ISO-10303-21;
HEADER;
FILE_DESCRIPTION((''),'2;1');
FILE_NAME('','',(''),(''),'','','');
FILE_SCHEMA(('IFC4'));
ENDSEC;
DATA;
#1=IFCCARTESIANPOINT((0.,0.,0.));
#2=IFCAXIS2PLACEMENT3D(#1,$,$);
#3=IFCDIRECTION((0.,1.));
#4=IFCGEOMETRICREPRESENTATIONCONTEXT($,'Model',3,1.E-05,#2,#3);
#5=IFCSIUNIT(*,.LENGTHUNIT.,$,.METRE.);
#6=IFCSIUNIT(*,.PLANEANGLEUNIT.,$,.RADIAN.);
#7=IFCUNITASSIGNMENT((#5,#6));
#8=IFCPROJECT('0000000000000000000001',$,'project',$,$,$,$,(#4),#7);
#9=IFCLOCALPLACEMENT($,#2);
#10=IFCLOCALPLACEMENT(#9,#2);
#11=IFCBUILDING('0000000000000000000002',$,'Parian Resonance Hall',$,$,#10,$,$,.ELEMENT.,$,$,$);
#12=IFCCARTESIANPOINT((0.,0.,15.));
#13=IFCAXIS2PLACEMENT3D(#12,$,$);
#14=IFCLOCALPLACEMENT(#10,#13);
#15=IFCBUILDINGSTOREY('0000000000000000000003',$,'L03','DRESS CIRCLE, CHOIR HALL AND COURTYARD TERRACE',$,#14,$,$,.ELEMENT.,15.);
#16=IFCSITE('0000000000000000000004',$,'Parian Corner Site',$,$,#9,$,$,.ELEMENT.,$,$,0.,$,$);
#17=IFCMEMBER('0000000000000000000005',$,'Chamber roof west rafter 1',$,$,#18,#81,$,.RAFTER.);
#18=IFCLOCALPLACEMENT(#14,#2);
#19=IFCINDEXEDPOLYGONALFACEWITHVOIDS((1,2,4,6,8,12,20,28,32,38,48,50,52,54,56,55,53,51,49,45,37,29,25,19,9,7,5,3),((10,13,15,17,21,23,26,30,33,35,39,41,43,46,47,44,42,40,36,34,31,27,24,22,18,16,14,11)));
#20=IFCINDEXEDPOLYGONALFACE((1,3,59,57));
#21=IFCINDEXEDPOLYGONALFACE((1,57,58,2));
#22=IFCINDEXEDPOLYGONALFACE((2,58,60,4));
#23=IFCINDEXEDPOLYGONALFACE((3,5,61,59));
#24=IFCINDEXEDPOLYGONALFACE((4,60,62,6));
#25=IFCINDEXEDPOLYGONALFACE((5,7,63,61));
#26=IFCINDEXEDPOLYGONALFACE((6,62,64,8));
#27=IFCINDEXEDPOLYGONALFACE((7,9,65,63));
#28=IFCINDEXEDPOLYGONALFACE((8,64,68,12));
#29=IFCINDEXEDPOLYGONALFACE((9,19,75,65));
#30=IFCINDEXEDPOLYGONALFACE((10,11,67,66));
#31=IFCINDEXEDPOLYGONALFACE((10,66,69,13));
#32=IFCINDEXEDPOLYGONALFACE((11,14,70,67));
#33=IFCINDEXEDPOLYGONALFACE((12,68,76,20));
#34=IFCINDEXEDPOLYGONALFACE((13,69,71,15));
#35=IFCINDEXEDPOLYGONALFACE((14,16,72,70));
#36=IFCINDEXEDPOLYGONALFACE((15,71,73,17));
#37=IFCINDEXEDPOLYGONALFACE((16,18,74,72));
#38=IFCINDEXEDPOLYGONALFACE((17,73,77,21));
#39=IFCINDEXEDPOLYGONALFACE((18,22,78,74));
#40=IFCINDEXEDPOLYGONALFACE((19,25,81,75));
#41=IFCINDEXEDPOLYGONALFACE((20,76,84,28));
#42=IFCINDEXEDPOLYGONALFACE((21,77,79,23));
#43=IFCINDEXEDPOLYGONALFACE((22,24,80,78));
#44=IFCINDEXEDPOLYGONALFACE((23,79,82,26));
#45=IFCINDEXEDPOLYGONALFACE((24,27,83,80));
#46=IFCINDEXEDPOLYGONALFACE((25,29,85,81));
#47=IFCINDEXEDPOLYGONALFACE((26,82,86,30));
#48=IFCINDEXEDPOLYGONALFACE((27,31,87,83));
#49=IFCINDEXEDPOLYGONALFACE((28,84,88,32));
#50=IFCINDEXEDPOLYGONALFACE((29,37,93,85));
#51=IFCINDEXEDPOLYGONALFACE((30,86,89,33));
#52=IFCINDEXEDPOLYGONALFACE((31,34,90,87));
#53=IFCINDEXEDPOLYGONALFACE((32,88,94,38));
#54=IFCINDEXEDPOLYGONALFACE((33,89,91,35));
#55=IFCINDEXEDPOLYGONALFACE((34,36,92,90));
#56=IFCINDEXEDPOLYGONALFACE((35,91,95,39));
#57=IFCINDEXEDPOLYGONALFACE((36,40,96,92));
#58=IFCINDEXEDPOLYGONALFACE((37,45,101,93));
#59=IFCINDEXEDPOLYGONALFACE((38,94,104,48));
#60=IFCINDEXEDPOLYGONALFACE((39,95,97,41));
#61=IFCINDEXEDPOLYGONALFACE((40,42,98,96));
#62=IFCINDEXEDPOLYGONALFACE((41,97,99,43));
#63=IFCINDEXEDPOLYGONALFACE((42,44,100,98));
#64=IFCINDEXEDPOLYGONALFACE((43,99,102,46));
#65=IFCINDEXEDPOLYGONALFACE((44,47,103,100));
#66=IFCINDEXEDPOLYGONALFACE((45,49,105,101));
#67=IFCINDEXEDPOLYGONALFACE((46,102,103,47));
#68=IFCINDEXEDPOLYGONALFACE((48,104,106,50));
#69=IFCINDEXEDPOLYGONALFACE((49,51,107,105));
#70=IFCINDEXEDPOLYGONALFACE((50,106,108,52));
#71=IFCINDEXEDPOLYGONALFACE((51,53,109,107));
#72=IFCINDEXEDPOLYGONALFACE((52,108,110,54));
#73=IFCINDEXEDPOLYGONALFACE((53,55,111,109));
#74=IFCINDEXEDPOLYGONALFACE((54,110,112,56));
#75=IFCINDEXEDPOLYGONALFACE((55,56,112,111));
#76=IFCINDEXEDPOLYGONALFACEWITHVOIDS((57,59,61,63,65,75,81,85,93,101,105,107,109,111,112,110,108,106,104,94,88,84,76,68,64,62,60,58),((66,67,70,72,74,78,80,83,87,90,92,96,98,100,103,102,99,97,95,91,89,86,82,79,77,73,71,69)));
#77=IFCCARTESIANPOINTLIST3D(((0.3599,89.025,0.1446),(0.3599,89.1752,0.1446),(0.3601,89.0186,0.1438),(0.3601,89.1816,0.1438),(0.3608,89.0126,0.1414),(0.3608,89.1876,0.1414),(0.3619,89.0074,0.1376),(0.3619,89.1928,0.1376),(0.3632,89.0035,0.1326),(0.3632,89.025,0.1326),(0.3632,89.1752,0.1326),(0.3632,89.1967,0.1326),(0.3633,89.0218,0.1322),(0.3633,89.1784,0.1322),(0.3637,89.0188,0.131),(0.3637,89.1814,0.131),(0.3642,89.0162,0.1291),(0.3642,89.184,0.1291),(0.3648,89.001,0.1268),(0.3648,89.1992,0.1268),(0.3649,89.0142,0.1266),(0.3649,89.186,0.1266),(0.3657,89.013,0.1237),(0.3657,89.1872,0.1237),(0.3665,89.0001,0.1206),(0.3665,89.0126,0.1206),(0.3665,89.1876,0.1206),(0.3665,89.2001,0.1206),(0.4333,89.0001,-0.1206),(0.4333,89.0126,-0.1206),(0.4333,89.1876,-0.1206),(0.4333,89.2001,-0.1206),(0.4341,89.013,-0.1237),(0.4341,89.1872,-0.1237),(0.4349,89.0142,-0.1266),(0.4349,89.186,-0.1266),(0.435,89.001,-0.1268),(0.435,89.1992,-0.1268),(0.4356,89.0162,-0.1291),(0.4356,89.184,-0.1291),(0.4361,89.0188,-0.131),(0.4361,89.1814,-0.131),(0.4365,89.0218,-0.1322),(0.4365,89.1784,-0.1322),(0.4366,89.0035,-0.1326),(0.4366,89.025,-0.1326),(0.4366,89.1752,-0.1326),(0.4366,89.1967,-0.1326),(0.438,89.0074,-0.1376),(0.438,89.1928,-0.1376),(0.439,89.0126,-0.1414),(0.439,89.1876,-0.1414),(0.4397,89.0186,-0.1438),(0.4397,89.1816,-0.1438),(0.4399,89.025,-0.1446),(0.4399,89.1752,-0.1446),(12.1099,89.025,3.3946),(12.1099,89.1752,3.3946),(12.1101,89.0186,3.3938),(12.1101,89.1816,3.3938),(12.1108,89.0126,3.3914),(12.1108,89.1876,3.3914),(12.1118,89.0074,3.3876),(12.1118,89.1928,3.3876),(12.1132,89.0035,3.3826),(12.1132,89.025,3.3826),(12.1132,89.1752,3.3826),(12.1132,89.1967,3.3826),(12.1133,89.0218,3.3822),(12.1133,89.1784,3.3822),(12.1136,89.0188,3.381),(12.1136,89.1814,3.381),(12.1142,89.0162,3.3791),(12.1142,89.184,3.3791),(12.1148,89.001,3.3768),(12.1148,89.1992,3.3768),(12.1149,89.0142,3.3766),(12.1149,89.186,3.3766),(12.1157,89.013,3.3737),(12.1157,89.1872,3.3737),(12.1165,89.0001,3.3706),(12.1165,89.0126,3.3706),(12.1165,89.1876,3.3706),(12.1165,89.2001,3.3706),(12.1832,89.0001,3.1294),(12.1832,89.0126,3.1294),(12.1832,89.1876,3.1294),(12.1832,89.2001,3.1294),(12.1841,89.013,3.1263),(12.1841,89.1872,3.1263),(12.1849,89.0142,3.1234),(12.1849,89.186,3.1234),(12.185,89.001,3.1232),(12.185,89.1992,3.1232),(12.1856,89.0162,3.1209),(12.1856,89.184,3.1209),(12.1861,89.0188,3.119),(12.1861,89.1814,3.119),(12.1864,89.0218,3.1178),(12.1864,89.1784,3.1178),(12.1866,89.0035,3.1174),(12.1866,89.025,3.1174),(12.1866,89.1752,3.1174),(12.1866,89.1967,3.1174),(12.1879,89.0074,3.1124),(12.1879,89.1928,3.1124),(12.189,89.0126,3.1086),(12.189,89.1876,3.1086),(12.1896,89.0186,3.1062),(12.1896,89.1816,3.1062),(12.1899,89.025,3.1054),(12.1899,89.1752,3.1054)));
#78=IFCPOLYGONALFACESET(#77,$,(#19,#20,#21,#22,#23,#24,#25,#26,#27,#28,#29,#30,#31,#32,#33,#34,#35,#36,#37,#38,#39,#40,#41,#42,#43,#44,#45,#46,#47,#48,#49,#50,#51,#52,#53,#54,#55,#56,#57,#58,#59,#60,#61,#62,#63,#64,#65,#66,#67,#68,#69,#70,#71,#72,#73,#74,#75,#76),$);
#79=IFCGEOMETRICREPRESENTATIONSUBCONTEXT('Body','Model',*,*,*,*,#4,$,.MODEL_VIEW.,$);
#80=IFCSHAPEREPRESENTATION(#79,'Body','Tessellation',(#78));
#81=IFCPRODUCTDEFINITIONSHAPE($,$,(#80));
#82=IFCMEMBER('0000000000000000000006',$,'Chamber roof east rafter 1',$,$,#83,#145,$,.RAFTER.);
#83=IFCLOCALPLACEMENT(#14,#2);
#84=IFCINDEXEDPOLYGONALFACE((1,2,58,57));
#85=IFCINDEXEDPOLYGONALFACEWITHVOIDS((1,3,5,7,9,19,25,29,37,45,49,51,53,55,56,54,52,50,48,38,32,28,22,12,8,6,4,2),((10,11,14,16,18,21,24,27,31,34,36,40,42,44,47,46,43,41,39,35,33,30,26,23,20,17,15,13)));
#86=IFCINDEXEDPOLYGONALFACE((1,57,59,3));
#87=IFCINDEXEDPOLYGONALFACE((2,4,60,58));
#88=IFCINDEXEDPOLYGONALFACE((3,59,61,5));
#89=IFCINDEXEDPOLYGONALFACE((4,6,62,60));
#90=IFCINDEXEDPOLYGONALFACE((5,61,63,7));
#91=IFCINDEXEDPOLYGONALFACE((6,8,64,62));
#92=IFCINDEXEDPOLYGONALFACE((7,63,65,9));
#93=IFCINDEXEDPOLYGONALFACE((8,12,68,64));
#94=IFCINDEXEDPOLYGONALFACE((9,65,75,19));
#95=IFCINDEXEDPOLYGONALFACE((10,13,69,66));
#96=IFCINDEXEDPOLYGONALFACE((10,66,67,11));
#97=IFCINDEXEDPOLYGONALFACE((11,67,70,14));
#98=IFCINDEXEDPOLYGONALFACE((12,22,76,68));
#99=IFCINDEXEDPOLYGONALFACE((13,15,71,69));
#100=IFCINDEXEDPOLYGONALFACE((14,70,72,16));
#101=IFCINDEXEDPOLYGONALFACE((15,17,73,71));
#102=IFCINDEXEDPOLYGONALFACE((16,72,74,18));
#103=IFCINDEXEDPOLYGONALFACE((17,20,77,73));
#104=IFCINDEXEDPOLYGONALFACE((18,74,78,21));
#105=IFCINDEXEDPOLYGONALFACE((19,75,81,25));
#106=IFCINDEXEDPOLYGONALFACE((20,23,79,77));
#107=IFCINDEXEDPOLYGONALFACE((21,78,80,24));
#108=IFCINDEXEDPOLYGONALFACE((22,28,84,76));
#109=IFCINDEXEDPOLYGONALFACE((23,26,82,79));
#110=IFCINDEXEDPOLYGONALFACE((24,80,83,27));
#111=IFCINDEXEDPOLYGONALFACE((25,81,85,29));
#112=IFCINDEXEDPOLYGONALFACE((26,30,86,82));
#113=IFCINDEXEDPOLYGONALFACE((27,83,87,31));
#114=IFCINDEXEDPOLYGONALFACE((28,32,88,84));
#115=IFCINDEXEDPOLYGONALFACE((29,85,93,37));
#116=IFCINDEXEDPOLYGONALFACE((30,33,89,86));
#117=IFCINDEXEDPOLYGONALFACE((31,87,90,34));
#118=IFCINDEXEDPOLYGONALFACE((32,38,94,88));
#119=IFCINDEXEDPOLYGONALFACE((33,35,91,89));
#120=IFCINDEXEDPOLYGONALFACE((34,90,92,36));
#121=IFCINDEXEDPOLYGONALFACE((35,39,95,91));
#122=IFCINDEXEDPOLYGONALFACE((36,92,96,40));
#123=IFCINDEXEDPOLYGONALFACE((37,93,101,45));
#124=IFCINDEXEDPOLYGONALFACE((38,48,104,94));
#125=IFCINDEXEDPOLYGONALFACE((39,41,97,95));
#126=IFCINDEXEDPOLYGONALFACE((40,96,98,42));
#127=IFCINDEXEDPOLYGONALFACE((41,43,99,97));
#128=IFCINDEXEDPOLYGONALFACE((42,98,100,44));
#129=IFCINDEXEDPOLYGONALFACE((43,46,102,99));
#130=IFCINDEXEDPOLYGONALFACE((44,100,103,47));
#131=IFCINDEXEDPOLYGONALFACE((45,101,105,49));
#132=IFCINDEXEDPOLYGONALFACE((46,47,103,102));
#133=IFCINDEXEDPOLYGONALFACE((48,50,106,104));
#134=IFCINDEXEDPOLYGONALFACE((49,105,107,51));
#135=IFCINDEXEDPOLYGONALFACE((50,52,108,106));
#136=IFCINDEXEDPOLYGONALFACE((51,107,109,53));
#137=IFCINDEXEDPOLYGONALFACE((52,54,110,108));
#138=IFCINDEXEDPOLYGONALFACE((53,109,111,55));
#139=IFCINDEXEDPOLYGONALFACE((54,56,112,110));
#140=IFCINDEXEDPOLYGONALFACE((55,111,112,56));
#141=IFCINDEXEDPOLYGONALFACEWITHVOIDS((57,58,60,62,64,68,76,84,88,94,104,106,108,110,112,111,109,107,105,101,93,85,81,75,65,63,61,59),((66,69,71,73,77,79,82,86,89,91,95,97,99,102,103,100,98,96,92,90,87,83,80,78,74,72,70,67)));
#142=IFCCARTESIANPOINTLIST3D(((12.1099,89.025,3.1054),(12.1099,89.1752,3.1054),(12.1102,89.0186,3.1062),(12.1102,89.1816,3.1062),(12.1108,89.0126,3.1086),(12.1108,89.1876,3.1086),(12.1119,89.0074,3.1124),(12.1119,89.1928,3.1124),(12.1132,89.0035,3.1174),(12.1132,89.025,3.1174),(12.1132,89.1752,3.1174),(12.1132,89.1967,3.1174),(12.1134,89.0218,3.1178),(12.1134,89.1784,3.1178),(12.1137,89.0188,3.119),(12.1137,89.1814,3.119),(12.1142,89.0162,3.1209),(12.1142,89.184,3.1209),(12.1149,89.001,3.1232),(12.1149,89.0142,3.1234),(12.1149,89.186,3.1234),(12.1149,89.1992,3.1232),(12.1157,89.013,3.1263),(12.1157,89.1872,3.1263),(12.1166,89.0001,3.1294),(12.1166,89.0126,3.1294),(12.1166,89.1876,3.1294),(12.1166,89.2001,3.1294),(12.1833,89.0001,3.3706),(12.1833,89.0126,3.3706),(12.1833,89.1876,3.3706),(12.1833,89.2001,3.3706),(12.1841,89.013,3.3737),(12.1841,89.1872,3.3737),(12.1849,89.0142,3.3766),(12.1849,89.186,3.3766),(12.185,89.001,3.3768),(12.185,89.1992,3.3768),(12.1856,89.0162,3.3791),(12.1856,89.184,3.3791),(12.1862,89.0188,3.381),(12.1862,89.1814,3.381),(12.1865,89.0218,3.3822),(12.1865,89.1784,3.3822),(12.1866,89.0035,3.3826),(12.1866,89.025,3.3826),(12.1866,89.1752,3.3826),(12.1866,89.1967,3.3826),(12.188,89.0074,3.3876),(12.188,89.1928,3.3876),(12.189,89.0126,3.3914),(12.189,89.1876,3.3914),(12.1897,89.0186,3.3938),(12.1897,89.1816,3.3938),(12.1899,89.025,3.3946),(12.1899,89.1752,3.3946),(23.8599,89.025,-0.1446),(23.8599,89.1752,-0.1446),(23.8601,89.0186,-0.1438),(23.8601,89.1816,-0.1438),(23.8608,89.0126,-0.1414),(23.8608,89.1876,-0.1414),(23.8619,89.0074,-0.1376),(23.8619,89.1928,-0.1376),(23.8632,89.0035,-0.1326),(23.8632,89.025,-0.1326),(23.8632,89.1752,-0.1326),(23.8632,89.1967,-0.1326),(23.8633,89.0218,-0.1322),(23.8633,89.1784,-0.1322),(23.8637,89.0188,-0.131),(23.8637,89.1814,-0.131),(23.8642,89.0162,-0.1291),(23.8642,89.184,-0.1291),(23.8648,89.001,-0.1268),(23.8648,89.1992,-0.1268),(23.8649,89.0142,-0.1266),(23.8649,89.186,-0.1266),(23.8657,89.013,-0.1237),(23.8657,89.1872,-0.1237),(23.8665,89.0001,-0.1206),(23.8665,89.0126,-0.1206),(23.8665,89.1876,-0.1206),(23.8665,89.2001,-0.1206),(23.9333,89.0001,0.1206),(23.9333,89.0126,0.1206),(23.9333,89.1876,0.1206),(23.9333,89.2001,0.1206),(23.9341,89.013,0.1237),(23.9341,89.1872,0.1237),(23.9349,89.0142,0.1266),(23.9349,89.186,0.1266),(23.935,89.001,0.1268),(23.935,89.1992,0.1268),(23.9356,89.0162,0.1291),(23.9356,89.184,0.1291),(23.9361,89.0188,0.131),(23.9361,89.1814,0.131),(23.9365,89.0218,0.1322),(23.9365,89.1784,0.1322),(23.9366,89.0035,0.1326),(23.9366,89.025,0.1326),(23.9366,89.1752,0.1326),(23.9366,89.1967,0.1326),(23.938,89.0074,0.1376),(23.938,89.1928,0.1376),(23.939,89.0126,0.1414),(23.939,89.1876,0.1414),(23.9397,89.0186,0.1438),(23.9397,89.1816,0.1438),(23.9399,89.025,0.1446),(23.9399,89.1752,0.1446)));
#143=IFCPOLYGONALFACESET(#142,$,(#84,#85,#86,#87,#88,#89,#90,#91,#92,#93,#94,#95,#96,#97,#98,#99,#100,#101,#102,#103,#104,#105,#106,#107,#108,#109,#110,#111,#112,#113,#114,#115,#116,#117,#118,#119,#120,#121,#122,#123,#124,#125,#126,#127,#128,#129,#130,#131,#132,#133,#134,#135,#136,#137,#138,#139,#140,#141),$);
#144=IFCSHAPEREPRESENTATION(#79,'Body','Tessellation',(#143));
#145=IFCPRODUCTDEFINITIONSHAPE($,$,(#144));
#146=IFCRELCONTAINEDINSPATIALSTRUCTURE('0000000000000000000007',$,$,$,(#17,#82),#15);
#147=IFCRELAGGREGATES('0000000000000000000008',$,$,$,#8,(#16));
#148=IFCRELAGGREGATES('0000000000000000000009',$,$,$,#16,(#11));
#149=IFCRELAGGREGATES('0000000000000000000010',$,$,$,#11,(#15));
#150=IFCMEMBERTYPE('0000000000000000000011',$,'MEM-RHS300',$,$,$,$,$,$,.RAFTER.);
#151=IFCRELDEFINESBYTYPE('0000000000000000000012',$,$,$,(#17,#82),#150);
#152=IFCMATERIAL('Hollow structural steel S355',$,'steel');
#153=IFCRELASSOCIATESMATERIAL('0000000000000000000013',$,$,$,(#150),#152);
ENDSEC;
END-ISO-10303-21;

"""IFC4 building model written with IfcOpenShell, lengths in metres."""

from ifc_helpers import new_model, si_unit, direction, frame, origin, origin_2d, place, context, subcontext, project, spatial, hollow_rectangle, extrude, material, material_profile, profile_set, type_object, element, save


model = new_model("IFC4")

# Units and contexts
model_context = context("Model", 3, precision=1e-05, world=origin(), true_north=direction((0.0, 1.0)))
body_context = subcontext(model_context, "Body", "Model", "MODEL_VIEW")
ifc_project = project(units=[si_unit("LENGTHUNIT", "METRE"), si_unit("PLANEANGLEUNIT", "RADIAN")], contexts=[model_context])

# Site, building, storey
site_placement = place(None, origin())
site = spatial("IfcSite", under=ifc_project, at=site_placement, Name="Parian Corner Site", CompositionType="ELEMENT", RefElevation=0.0)
building_placement = place(site_placement, origin())
building = spatial("IfcBuilding", under=site, at=building_placement, Name="Parian Resonance Hall", CompositionType="ELEMENT")
storey_placement = place(building_placement, frame((0.0, 0.0, 15.0)))
storey = spatial("IfcBuildingStorey", under=building, at=storey_placement, Name="L03", Description="DRESS CIRCLE, CHOIR HALL AND COURTYARD TERRACE", CompositionType="ELEMENT", Elevation=15.0)

# Members
ifc_material_1 = material(Name="Hollow structural steel S355", Category="steel")
ifc_material_profile_1 = material_profile(ifc_material_1, hollow_rectangle(XDim=0.2, YDim=0.3, WallThickness=0.0125, InnerFilletRadius=0.0125, OuterFilletRadius=0.0249, at=origin_2d()), Name="RHS300x200x12.5")
ifc_profile_set_1 = profile_set([ifc_material_profile_1], Name="Hollow structural steel S355")
member_type_1 = type_object("IfcMemberType", Name="MEM-RHS300", PredefinedType="RAFTER", material=ifc_profile_set_1)
for number, where, z_axis, x_axis, name in (
    (1, (0.3999, 89.1001, 0.0), (0.963811, 0.0, 0.266586), (0.0, 1.0, 0.0), "Chamber roof west rafter 1"),
    (2, (23.8999, 89.1001, 0.0), (-0.963811, 0.0, 0.266586), (0.0, -1.0, 0.0), "Chamber roof east rafter 1"),
):
    element("IfcMember", number, at=place(storey_placement, frame(where, z_axis=z_axis, x_axis=x_axis)), inside=storey, type_object=member_type_1, Name=name, PredefinedType="RAFTER", context=body_context, shape_type="SweptSolid", body=[
        extrude(hollow_rectangle(XDim=0.2, YDim=0.3, WallThickness=0.0125, InnerFilletRadius=0.0125, OuterFilletRadius=0.0249, at=origin_2d()), origin(), (0.0, 0.0, 1.0), 12.1912),
    ])

save(model, "model.ifc")
